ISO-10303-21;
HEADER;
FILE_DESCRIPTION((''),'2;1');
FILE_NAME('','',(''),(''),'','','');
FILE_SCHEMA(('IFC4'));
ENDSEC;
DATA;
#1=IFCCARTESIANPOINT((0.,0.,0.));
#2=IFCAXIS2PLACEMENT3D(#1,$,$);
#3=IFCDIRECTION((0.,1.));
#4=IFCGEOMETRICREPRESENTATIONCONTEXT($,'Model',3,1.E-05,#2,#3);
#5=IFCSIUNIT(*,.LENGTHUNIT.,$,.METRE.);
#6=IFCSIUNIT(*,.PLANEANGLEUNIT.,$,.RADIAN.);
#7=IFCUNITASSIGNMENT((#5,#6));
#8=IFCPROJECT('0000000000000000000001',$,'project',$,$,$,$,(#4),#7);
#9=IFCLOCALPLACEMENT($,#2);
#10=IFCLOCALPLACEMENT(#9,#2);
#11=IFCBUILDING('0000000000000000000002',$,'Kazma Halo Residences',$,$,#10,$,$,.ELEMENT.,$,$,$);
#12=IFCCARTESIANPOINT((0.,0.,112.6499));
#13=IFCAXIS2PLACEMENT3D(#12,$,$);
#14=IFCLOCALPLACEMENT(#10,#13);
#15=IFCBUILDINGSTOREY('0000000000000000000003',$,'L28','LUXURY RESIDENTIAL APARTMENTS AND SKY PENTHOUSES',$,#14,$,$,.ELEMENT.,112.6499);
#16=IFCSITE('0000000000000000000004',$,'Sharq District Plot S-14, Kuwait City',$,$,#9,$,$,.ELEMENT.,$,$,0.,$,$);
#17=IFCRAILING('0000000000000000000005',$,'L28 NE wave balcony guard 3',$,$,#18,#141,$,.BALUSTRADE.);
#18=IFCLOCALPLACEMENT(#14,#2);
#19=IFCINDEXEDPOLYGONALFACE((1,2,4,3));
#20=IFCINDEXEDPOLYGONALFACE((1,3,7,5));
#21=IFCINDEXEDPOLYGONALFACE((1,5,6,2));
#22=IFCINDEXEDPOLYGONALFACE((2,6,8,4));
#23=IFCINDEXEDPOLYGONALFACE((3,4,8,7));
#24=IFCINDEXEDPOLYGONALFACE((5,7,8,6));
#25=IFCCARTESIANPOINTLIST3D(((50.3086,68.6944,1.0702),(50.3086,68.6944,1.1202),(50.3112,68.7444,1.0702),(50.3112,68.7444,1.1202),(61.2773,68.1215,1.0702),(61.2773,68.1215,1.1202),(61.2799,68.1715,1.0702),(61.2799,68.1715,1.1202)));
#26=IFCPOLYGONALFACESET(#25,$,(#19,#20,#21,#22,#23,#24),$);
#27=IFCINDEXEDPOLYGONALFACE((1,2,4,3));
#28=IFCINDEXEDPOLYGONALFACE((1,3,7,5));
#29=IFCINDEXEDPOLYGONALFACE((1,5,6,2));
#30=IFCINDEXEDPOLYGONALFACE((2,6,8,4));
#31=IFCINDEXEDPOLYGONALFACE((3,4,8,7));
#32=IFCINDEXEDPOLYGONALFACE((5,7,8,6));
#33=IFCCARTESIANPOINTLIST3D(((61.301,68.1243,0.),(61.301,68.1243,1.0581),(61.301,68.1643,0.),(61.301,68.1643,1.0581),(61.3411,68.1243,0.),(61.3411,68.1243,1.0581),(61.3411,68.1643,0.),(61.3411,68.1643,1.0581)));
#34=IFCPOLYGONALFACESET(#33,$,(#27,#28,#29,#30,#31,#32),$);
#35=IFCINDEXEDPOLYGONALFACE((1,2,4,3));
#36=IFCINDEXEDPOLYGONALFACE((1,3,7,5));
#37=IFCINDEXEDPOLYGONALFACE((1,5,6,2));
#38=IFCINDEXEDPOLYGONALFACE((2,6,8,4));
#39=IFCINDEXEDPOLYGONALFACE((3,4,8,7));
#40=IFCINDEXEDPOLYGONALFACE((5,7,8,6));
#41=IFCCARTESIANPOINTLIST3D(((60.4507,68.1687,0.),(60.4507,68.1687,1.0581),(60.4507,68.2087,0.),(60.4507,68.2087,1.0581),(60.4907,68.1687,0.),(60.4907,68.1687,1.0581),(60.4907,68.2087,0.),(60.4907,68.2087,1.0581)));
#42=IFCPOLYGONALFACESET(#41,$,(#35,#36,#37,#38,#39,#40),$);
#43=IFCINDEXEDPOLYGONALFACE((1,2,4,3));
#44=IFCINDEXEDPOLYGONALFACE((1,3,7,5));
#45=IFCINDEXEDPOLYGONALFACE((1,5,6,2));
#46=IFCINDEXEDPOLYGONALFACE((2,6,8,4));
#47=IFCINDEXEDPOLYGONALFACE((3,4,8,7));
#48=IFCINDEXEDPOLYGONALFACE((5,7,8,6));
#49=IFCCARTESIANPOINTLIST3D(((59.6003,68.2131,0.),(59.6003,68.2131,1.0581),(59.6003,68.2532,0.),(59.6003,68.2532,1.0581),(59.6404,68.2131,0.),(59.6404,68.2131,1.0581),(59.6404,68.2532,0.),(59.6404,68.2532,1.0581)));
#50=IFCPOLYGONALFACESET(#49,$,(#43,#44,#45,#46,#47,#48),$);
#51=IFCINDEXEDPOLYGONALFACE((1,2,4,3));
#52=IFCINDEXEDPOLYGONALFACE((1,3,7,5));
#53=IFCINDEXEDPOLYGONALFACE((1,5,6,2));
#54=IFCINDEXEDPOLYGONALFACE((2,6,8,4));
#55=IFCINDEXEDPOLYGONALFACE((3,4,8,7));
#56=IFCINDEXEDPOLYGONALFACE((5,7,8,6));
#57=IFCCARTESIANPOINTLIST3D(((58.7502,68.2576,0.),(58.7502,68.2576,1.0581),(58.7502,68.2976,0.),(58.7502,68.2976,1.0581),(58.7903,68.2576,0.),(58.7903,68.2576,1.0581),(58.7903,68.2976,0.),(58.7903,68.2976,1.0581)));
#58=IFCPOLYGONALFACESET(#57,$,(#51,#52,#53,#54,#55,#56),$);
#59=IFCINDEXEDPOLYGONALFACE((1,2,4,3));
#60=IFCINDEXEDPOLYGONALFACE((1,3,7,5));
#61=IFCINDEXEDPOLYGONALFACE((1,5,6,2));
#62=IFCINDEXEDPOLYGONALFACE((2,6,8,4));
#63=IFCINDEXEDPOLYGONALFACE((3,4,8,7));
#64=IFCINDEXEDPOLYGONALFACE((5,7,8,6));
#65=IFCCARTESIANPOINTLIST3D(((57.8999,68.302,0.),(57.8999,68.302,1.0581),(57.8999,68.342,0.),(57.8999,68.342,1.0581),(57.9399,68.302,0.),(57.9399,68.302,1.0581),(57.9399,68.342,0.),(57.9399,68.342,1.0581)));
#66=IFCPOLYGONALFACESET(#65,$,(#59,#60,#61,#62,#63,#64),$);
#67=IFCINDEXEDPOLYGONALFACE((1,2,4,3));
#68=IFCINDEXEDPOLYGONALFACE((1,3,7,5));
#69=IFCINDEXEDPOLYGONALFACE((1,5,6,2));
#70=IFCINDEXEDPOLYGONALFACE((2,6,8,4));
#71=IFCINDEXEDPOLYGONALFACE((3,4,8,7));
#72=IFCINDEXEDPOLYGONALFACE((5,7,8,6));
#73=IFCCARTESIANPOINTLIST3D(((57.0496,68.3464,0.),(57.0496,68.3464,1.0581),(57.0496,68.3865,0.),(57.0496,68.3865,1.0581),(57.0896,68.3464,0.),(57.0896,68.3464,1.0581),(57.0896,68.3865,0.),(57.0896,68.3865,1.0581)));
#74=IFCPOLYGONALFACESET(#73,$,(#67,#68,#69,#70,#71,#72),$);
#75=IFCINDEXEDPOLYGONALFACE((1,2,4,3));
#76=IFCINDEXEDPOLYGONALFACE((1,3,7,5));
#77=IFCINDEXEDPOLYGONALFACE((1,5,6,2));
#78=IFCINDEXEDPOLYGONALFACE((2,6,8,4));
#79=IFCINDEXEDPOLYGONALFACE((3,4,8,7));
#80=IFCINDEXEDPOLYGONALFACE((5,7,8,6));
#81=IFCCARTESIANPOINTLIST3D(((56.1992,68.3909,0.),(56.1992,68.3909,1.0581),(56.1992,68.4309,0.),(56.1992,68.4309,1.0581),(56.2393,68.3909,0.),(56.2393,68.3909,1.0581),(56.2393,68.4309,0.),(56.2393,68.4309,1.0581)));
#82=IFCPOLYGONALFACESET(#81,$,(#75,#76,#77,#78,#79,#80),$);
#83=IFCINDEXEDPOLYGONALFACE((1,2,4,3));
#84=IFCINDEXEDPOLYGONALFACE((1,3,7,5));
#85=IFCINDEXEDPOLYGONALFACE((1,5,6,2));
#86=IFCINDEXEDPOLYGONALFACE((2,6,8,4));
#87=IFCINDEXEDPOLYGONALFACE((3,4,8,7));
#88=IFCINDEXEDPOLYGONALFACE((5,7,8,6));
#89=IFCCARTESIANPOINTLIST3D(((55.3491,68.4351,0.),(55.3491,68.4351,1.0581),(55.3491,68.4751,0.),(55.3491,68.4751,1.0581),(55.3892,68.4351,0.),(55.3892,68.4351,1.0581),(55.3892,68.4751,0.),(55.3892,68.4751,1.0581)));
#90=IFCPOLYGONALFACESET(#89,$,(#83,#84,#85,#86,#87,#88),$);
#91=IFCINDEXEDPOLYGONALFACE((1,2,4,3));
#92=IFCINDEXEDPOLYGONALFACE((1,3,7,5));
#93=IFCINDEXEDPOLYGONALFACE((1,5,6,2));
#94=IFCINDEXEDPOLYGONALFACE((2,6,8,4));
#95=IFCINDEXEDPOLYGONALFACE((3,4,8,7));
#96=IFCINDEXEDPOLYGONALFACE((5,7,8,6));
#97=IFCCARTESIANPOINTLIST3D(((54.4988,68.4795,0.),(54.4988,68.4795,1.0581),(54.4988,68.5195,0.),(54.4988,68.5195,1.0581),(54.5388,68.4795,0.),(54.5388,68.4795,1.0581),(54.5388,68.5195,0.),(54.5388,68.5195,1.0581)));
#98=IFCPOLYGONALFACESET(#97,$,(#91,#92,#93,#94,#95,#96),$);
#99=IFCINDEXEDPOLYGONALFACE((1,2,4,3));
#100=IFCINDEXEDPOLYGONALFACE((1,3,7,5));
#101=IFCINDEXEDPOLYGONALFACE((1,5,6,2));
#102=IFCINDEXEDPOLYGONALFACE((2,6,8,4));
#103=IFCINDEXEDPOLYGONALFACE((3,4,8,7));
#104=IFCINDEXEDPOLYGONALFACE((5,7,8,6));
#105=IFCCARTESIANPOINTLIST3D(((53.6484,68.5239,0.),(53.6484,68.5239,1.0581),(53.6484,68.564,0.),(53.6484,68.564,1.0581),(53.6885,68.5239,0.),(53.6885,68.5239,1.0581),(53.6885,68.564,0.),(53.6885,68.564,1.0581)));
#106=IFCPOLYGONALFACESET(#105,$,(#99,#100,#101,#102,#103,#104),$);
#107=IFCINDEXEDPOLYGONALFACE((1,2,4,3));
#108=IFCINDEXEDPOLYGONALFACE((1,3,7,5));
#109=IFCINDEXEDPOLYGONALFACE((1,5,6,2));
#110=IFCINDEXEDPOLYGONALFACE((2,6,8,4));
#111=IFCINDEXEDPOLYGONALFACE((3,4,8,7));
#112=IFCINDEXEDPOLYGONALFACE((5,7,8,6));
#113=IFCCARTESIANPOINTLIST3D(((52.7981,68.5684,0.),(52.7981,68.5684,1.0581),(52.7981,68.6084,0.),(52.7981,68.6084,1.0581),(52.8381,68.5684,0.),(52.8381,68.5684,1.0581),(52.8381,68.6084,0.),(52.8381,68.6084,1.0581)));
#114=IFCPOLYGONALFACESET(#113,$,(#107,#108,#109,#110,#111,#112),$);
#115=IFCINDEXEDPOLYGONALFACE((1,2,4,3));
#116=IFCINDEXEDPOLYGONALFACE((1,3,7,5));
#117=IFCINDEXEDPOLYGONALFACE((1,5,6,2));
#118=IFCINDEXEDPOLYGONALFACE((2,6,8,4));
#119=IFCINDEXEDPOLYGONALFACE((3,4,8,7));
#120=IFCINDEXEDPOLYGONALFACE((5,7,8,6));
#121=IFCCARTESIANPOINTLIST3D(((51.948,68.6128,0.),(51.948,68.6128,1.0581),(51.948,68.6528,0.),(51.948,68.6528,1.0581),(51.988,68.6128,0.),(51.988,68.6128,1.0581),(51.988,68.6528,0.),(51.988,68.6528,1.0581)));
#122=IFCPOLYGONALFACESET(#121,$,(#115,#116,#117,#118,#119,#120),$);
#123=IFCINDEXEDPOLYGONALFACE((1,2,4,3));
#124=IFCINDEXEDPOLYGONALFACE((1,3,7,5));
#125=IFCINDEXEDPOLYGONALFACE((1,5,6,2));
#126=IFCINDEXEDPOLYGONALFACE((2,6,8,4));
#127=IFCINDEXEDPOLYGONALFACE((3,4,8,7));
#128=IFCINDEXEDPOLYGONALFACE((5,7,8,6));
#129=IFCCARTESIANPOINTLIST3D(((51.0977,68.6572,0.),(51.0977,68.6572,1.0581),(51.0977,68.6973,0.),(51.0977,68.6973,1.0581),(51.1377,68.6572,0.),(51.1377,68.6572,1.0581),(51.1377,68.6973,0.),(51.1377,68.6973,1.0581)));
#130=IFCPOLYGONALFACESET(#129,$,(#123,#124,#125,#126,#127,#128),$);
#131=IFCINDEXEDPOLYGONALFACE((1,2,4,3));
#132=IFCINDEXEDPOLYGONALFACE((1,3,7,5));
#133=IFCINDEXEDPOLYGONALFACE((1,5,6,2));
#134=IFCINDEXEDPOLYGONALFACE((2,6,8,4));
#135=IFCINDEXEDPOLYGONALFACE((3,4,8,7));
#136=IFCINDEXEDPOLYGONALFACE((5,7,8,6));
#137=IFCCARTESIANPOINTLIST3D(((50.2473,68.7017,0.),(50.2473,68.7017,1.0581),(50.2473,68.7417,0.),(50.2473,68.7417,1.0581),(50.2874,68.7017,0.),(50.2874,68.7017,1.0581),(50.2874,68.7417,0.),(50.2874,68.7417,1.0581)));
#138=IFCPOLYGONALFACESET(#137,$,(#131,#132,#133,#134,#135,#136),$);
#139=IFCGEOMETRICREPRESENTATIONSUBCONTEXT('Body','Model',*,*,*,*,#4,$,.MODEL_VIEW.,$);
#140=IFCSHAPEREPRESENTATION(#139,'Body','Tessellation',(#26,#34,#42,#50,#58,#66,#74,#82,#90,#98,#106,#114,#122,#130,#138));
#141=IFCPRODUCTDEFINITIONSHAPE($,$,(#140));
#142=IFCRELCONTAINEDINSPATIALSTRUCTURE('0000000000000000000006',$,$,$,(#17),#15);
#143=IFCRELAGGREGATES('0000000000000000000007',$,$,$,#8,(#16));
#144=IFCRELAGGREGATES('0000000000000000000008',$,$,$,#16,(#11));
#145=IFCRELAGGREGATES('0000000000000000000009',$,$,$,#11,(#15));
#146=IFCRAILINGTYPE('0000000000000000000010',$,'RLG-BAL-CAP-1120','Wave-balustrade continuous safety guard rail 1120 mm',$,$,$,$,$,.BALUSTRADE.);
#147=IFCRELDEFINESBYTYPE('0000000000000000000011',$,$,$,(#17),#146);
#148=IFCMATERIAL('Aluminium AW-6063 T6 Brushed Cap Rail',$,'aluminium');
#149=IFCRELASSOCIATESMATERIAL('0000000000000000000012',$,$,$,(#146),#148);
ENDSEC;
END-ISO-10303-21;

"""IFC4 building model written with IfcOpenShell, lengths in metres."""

from ifc_helpers import new_model, si_unit, direction, frame, origin, origin_2d, place, context, subcontext, project, spatial, rectangle, extrude, material, type_object, element, save


model = new_model("IFC4")

# Units and contexts
model_context = context("Model", 3, precision=1e-05, world=origin(), true_north=direction((0.0, 1.0)))
body_context = subcontext(model_context, "Body", "Model", "MODEL_VIEW")
ifc_project = project(units=[si_unit("LENGTHUNIT", "METRE"), si_unit("PLANEANGLEUNIT", "RADIAN")], contexts=[model_context])

# Site, building, storey
site_placement = place(None, origin())
site = spatial("IfcSite", under=ifc_project, at=site_placement, Name="Sharq District Plot S-14, Kuwait City", CompositionType="ELEMENT", RefElevation=0.0)
building_placement = place(site_placement, origin())
building = spatial("IfcBuilding", under=site, at=building_placement, Name="Kazma Halo Residences", CompositionType="ELEMENT")
storey_placement = place(building_placement, frame((0.0, 0.0, 112.6499)))
storey = spatial("IfcBuildingStorey", under=building, at=storey_placement, Name="L28", Description="LUXURY RESIDENTIAL APARTMENTS AND SKY PENTHOUSES", CompositionType="ELEMENT", Elevation=112.6499)

# Railing
ifc_material_1 = material(Name="Aluminium AW-6063 T6 Brushed Cap Rail", Category="aluminium")
railing_type = type_object("IfcRailingType", Name="RLG-BAL-CAP-1120", Description="Wave-balustrade continuous safety guard rail 1120 mm", PredefinedType="BALUSTRADE", material=ifc_material_1)
railing_1_placement = place(storey_placement, frame((61.321, 68.1443, 0.0)))
element("IfcRailing", 1, at=railing_1_placement, inside=storey, type_object=railing_type, Name="L28 NE wave balcony guard 3", PredefinedType="BALUSTRADE", context=body_context, shape_type="SweptSolid", body=[
    extrude(rectangle(XDim=0.05, YDim=0.05, at=origin_2d()), frame((-0.0425, 0.0022, 1.0952), z_axis=(-0.998639, 0.052164, 0.0), x_axis=(-0.052164, -0.998639, 0.0)), (0.0, 0.0, 1.0), 10.9836),
    extrude(rectangle(XDim=0.04, YDim=0.04, at=origin_2d()), origin(), (0.0, 0.0, 1.0), 1.0581),
    extrude(rectangle(XDim=0.04, YDim=0.04, at=origin_2d()), frame((-0.8503, 0.0444, 0.0)), (0.0, 0.0, 1.0), 1.0581),
    extrude(rectangle(XDim=0.04, YDim=0.04, at=origin_2d()), frame((-1.7007, 0.0889, 0.0)), (0.0, 0.0, 1.0), 1.0581),
    extrude(rectangle(XDim=0.04, YDim=0.04, at=origin_2d()), frame((-2.5508, 0.1333, 0.0)), (0.0, 0.0, 1.0), 1.0581),
    extrude(rectangle(XDim=0.04, YDim=0.04, at=origin_2d()), frame((-3.4011, 0.1777, 0.0)), (0.0, 0.0, 1.0), 1.0581),
    extrude(rectangle(XDim=0.04, YDim=0.04, at=origin_2d()), frame((-4.2515, 0.2222, 0.0)), (0.0, 0.0, 1.0), 1.0581),
    extrude(rectangle(XDim=0.04, YDim=0.04, at=origin_2d()), frame((-5.1018, 0.2666, 0.0)), (0.0, 0.0, 1.0), 1.0581),
    extrude(rectangle(XDim=0.04, YDim=0.04, at=origin_2d()), frame((-5.9519, 0.3108, 0.0)), (0.0, 0.0, 1.0), 1.0581),
    extrude(rectangle(XDim=0.04, YDim=0.04, at=origin_2d()), frame((-6.8022, 0.3552, 0.0)), (0.0, 0.0, 1.0), 1.0581),
    extrude(rectangle(XDim=0.04, YDim=0.04, at=origin_2d()), frame((-7.6526, 0.3997, 0.0)), (0.0, 0.0, 1.0), 1.0581),
    extrude(rectangle(XDim=0.04, YDim=0.04, at=origin_2d()), frame((-8.5029, 0.4441, 0.0)), (0.0, 0.0, 1.0), 1.0581),
    extrude(rectangle(XDim=0.04, YDim=0.04, at=origin_2d()), frame((-9.353, 0.4885, 0.0)), (0.0, 0.0, 1.0), 1.0581),
    extrude(rectangle(XDim=0.04, YDim=0.04, at=origin_2d()), frame((-10.2034, 0.533, 0.0)), (0.0, 0.0, 1.0), 1.0581),
    extrude(rectangle(XDim=0.04, YDim=0.04, at=origin_2d()), frame((-11.0537, 0.5774, 0.0)), (0.0, 0.0, 1.0), 1.0581),
])

save(model, "model.ifc")
